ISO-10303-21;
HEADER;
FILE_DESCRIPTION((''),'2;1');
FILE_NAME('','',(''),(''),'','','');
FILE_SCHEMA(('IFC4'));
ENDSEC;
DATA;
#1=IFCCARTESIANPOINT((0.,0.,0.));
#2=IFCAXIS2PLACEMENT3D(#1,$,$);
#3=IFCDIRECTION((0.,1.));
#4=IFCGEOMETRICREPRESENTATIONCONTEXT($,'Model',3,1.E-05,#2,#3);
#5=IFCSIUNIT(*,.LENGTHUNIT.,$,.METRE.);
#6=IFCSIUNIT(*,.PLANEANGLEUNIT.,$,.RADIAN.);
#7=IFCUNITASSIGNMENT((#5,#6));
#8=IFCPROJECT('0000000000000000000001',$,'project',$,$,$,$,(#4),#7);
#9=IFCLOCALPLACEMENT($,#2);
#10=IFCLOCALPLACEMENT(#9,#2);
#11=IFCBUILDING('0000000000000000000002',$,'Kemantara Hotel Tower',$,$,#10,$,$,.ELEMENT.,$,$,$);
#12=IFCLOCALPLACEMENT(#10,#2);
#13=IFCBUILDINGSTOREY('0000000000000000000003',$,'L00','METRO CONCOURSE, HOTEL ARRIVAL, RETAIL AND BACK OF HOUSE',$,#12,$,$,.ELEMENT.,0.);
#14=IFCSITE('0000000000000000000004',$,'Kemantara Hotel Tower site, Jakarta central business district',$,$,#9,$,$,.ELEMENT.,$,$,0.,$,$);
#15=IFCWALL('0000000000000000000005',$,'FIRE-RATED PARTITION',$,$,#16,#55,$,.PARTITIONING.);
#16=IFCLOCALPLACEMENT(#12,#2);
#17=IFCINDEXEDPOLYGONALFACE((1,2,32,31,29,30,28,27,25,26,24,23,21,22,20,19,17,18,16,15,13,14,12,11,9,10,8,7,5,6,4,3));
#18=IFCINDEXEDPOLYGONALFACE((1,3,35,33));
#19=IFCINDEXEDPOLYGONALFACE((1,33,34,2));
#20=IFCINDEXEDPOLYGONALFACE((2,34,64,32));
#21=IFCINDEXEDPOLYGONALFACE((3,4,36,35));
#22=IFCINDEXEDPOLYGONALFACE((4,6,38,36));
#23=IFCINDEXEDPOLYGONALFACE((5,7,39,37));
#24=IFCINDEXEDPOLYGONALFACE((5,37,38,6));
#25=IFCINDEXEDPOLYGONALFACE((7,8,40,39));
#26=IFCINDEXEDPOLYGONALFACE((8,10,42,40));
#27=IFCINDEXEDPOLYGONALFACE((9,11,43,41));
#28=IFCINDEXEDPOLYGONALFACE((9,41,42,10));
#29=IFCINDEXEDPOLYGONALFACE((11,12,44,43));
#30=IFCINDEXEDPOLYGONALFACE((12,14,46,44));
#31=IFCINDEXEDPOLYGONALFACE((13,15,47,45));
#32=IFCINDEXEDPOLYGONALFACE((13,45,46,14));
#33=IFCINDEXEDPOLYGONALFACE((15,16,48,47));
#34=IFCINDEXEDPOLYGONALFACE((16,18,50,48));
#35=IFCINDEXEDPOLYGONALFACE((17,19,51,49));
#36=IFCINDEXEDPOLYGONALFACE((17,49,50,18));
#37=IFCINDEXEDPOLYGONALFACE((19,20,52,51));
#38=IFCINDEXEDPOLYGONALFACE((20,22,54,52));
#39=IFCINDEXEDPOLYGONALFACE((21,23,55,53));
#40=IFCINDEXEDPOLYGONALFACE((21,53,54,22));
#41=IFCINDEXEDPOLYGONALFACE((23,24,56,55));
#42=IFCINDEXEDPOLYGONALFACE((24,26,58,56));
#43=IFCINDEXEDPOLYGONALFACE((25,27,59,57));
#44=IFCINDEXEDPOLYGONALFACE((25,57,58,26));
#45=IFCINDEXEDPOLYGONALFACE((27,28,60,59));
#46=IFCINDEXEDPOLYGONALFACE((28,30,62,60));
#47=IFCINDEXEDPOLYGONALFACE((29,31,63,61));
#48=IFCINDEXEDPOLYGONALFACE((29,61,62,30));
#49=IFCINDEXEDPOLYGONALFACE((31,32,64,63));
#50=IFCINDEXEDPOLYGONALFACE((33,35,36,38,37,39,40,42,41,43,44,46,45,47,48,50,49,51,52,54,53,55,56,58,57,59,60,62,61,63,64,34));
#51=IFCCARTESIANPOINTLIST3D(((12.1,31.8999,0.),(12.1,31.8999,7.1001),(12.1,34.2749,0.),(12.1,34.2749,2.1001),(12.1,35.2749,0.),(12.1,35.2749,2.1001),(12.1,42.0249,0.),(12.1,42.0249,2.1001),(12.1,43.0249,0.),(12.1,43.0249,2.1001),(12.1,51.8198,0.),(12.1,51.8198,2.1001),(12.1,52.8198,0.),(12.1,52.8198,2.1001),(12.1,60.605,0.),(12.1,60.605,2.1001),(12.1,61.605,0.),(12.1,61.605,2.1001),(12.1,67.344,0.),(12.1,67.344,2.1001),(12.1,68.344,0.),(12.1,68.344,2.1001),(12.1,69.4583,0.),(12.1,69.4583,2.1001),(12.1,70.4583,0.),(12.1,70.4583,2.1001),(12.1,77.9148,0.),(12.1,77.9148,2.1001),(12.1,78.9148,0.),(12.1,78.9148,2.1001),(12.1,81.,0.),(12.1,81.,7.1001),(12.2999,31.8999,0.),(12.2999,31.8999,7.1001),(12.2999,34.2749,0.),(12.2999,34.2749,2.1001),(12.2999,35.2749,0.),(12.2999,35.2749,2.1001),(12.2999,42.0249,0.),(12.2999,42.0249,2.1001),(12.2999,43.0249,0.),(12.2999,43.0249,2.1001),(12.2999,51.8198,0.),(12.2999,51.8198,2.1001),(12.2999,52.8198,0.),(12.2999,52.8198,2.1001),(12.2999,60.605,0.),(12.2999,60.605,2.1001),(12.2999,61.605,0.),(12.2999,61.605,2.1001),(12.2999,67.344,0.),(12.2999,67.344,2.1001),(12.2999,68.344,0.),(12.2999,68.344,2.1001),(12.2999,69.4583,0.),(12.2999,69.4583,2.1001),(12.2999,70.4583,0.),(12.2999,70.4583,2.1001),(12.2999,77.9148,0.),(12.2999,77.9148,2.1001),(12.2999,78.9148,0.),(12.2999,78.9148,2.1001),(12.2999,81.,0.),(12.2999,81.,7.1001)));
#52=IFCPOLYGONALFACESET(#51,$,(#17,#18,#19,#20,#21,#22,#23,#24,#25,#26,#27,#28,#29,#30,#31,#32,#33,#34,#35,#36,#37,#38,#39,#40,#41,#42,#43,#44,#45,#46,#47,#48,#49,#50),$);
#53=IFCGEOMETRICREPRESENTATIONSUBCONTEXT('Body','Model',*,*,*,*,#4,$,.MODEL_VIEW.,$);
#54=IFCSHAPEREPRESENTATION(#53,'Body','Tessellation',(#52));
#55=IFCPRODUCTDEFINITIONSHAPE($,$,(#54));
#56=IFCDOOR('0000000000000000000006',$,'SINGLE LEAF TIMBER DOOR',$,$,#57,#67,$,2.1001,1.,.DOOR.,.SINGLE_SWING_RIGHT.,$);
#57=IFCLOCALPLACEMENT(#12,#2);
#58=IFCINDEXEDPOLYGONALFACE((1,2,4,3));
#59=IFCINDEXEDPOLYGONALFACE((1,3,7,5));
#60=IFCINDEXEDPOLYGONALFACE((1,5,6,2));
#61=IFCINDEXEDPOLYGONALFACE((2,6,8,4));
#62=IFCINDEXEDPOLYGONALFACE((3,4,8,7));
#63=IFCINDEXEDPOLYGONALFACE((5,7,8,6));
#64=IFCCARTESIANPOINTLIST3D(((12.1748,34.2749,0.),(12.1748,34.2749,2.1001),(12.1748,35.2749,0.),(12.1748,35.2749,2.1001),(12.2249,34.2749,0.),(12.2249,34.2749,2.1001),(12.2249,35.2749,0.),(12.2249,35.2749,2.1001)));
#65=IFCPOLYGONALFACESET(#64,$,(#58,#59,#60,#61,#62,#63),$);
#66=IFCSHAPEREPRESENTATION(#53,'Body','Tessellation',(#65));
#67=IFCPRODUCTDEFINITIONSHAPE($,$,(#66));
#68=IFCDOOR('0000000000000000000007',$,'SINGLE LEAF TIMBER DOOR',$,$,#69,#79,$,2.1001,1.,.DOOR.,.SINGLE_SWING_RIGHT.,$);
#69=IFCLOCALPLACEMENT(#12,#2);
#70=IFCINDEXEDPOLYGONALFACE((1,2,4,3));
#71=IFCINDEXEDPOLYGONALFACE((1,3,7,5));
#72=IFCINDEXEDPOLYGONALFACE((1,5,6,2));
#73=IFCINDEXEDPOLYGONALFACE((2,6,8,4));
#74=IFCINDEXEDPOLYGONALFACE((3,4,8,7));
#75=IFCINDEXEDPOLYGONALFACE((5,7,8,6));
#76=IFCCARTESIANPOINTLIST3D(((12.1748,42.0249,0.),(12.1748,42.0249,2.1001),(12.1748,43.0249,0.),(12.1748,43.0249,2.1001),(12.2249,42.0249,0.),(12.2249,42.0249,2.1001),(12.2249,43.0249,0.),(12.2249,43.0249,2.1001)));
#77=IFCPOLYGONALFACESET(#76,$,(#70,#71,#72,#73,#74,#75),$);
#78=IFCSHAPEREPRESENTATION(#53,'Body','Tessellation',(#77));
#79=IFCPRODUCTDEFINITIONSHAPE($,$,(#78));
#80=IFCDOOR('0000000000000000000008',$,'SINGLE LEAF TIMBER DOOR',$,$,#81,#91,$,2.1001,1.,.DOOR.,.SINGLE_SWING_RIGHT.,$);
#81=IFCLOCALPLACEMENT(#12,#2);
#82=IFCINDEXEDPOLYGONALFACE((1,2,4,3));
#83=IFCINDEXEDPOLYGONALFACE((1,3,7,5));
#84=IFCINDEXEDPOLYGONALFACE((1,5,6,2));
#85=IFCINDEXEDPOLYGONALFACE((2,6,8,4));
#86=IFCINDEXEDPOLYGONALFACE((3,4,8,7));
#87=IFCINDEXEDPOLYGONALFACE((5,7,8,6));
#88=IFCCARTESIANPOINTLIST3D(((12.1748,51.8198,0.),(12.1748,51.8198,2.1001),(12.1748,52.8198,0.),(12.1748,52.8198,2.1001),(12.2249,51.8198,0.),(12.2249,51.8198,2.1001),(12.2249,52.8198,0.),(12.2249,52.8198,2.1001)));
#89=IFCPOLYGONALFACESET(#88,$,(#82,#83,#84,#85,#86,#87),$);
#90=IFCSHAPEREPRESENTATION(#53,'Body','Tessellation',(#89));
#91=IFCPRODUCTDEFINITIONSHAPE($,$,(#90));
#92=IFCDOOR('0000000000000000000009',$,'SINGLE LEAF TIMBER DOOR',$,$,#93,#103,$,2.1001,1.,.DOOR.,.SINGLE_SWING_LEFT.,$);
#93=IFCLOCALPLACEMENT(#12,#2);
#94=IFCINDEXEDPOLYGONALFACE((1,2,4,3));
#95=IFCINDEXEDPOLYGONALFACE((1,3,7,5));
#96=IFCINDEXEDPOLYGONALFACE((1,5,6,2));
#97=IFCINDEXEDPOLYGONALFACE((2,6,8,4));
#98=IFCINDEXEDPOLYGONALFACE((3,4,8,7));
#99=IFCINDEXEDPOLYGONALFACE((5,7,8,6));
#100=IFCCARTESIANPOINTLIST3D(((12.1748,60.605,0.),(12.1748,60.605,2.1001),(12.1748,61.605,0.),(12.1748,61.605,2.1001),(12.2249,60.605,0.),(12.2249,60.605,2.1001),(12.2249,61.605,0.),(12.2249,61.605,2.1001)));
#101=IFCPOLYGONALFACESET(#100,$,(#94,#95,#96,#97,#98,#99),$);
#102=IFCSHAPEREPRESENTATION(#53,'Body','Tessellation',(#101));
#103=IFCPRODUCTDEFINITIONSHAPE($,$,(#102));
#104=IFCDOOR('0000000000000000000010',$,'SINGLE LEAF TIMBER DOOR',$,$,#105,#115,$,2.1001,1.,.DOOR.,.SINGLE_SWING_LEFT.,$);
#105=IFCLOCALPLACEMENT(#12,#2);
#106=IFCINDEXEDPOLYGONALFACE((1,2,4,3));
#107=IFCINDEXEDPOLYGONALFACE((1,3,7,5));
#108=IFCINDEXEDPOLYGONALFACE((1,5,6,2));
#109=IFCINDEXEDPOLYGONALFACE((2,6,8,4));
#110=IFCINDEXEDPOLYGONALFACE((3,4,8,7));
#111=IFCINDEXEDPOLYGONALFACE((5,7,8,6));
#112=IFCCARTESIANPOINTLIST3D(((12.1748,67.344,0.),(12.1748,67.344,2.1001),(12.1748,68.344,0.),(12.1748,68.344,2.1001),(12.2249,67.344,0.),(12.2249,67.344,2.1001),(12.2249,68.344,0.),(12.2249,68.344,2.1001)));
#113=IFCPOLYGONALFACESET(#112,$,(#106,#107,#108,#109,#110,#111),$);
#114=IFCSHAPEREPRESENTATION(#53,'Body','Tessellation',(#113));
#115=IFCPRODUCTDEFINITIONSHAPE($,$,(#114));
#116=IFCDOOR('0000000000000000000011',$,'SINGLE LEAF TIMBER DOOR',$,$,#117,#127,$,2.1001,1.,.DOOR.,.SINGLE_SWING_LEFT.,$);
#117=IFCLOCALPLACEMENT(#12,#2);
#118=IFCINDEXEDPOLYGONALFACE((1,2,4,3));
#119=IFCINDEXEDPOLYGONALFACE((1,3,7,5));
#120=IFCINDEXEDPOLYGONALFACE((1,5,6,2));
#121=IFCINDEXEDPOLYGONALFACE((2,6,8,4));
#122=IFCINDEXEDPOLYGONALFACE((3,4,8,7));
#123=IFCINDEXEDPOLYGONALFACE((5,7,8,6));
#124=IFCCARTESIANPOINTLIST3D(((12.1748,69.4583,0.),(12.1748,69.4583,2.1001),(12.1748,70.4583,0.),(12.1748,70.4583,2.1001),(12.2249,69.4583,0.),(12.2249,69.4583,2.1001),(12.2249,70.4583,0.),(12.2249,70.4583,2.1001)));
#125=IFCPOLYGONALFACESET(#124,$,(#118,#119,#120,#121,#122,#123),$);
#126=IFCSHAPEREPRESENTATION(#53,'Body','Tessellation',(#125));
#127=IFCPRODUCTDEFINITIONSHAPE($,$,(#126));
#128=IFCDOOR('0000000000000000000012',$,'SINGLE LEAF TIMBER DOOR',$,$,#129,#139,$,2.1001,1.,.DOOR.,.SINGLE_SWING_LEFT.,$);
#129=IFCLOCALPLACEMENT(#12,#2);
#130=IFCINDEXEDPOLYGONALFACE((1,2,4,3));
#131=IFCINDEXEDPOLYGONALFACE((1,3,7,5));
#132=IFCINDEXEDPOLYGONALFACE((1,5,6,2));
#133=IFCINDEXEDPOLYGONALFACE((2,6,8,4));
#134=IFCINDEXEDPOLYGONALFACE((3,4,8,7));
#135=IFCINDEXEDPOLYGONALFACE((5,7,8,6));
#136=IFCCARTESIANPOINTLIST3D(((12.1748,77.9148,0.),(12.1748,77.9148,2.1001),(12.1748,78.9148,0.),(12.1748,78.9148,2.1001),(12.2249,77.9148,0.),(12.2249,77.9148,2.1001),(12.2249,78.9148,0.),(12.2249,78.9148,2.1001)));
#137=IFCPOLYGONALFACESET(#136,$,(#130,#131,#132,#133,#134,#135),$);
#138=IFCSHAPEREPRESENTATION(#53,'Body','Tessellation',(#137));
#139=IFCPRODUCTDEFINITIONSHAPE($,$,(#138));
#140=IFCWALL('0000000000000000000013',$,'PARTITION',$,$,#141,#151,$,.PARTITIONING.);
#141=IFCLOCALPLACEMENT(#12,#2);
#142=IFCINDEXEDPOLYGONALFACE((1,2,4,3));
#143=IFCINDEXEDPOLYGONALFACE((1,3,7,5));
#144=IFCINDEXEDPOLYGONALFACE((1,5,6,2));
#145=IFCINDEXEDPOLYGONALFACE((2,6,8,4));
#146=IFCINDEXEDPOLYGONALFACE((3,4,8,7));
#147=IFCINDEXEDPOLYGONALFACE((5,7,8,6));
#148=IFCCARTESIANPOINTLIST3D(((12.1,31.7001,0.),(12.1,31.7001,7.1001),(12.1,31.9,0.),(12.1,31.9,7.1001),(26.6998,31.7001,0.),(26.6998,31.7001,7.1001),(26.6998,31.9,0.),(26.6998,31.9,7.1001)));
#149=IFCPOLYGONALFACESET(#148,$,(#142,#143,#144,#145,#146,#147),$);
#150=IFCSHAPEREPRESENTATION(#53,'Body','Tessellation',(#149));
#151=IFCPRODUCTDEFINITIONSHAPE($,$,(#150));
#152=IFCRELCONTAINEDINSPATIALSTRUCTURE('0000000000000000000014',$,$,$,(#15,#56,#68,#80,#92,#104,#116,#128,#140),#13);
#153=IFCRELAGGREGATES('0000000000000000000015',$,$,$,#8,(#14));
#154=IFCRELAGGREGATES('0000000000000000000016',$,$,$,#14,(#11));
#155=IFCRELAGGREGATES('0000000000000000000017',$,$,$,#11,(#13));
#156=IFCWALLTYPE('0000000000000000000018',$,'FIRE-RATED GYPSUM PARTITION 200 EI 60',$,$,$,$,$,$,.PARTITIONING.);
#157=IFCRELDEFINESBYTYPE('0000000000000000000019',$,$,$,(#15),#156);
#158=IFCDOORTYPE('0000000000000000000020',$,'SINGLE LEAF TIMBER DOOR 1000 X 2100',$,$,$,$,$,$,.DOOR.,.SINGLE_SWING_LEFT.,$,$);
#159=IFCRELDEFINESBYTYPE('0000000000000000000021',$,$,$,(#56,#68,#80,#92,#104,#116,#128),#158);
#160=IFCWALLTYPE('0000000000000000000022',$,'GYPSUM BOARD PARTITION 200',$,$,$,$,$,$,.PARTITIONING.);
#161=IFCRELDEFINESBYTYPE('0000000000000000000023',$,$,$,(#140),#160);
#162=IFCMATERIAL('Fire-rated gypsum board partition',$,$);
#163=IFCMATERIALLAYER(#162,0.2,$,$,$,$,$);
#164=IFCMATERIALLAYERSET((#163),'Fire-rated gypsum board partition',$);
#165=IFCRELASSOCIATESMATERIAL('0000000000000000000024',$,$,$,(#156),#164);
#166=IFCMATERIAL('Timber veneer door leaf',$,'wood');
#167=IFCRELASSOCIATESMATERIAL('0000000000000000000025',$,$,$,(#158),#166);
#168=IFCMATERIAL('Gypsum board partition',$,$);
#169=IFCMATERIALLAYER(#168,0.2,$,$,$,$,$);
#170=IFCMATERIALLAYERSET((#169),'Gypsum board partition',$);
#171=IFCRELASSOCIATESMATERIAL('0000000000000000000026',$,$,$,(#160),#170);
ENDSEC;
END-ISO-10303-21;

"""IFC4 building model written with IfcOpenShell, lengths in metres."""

from ifc_helpers import new_model, si_unit, direction, frame, frame_2d, origin, place, context, subcontext, project, spatial, rectangle, extrude, material, layer, layer_set, type_object, element, fill, save


model = new_model("IFC4")

# Units and contexts
model_context = context("Model", 3, precision=1e-05, world=origin(), true_north=direction((0.0, 1.0)))
body_context = subcontext(model_context, "Body", "Model", "MODEL_VIEW")
ifc_project = project(units=[si_unit("LENGTHUNIT", "METRE"), si_unit("PLANEANGLEUNIT", "RADIAN")], contexts=[model_context])

# Site, building, storey
site_placement = place(None, origin())
site = spatial("IfcSite", under=ifc_project, at=site_placement, Name="Kemantara Hotel Tower site, Jakarta central business district", CompositionType="ELEMENT", RefElevation=0.0)
building_placement = place(site_placement, origin())
building = spatial("IfcBuilding", under=site, at=building_placement, Name="Kemantara Hotel Tower", CompositionType="ELEMENT")
storey_placement = place(building_placement, origin())
storey = spatial("IfcBuildingStorey", under=building, at=storey_placement, Name="L00", Description="METRO CONCOURSE, HOTEL ARRIVAL, RETAIL AND BACK OF HOUSE", CompositionType="ELEMENT", Elevation=0.0)

# Wall, openings, doors
ifc_material_1 = material(Name="Fire-rated gypsum board partition")
ifc_layer_1 = layer(ifc_material_1, 0.2)
ifc_layer_set_1 = layer_set([ifc_layer_1], Name="Fire-rated gypsum board partition")
wall_type_1 = type_object("IfcWallType", Name="FIRE-RATED GYPSUM PARTITION 200 EI 60", PredefinedType="PARTITIONING", material=ifc_layer_set_1)
wall_1_placement = place(storey_placement, frame((12.2, 31.8999, 0.0), z_axis=(0.0, 0.0, 1.0), x_axis=(0.0, 1.0, 0.0)))
wall_1 = element("IfcWall", 1, at=wall_1_placement, inside=storey, type_object=wall_type_1, Name="FIRE-RATED PARTITION", PredefinedType="PARTITIONING", context=body_context, shape_type="SweptSolid", body=[
    extrude(rectangle(XDim=49.1001, YDim=0.2, at=frame_2d((24.55, 0.0))), origin(), (0.0, 0.0, 1.0), 7.1001),
])
opening_1_placement = place(wall_1_placement, frame((2.375, 0.0, 0.0)))
opening_1 = element("IfcOpeningElement", 2, at=opening_1_placement, cuts=wall_1, PredefinedType="OPENING", context=body_context, shape_type="SweptSolid", body=[
    extrude(rectangle(XDim=1.0, YDim=2.1001, at=frame_2d((0.5, 1.05))), frame((0.0, 0.1099, 0.0), z_axis=(0.0, -1.0, 0.0), x_axis=(1.0, 0.0, 0.0)), (0.0, 0.0, 1.0), 0.22),
])
opening_2_placement = place(wall_1_placement, frame((10.125, 0.0, 0.0)))
opening_2 = element("IfcOpeningElement", 3, at=opening_2_placement, cuts=wall_1, PredefinedType="OPENING", context=body_context, shape_type="SweptSolid", body=[
    extrude(rectangle(XDim=1.0, YDim=2.1001, at=frame_2d((0.5, 1.05))), frame((0.0, 0.1099, 0.0), z_axis=(0.0, -1.0, 0.0), x_axis=(1.0, 0.0, 0.0)), (0.0, 0.0, 1.0), 0.22),
])
opening_3_placement = place(wall_1_placement, frame((19.9199, 0.0, 0.0)))
opening_3 = element("IfcOpeningElement", 4, at=opening_3_placement, cuts=wall_1, PredefinedType="OPENING", context=body_context, shape_type="SweptSolid", body=[
    extrude(rectangle(XDim=1.0, YDim=2.1001, at=frame_2d((0.5, 1.05))), frame((0.0, 0.1099, 0.0), z_axis=(0.0, -1.0, 0.0), x_axis=(1.0, 0.0, 0.0)), (0.0, 0.0, 1.0), 0.22),
])
opening_4_placement = place(wall_1_placement, frame((28.7051, 0.0, 0.0)))
opening_4 = element("IfcOpeningElement", 5, at=opening_4_placement, cuts=wall_1, PredefinedType="OPENING", context=body_context, shape_type="SweptSolid", body=[
    extrude(rectangle(XDim=1.0, YDim=2.1001, at=frame_2d((0.5, 1.05))), frame((0.0, 0.1099, 0.0), z_axis=(0.0, -1.0, 0.0), x_axis=(1.0, 0.0, 0.0)), (0.0, 0.0, 1.0), 0.22),
])
opening_5_placement = place(wall_1_placement, frame((35.4441, 0.0, 0.0)))
opening_5 = element("IfcOpeningElement", 6, at=opening_5_placement, cuts=wall_1, PredefinedType="OPENING", context=body_context, shape_type="SweptSolid", body=[
    extrude(rectangle(XDim=1.0, YDim=2.1001, at=frame_2d((0.5, 1.05))), frame((0.0, 0.1099, 0.0), z_axis=(0.0, -1.0, 0.0), x_axis=(1.0, 0.0, 0.0)), (0.0, 0.0, 1.0), 0.22),
])
opening_6_placement = place(wall_1_placement, frame((37.5583, 0.0, 0.0)))
opening_6 = element("IfcOpeningElement", 7, at=opening_6_placement, cuts=wall_1, PredefinedType="OPENING", context=body_context, shape_type="SweptSolid", body=[
    extrude(rectangle(XDim=1.0, YDim=2.1001, at=frame_2d((0.5, 1.05))), frame((0.0, 0.1099, 0.0), z_axis=(0.0, -1.0, 0.0), x_axis=(1.0, 0.0, 0.0)), (0.0, 0.0, 1.0), 0.22),
])
opening_7_placement = place(wall_1_placement, frame((46.0149, 0.0, 0.0)))
opening_7 = element("IfcOpeningElement", 8, at=opening_7_placement, cuts=wall_1, PredefinedType="OPENING", context=body_context, shape_type="SweptSolid", body=[
    extrude(rectangle(XDim=1.0, YDim=2.1001, at=frame_2d((0.5, 1.05))), frame((0.0, 0.1099, 0.0), z_axis=(0.0, -1.0, 0.0), x_axis=(1.0, 0.0, 0.0)), (0.0, 0.0, 1.0), 0.22),
])
ifc_material_2 = material(Name="Timber veneer door leaf", Category="wood")
door_type = type_object("IfcDoorType", Name="SINGLE LEAF TIMBER DOOR 1000 X 2100", OperationType="SINGLE_SWING_LEFT", PredefinedType="DOOR", material=ifc_material_2)
door_1_placement = place(opening_1_placement, frame((1.0, 0.0, 0.0), z_axis=(0.0, 0.0, 1.0), x_axis=(-1.0, 0.0, 0.0)))
door_1 = element("IfcDoor", 9, at=door_1_placement, inside=storey, type_object=door_type, Name="SINGLE LEAF TIMBER DOOR", OperationType="SINGLE_SWING_RIGHT", OverallHeight=2.1001, OverallWidth=1.0, PredefinedType="DOOR", context=body_context, shape_type="SweptSolid", body=[
    extrude(rectangle(XDim=1.0, YDim=2.1001, at=frame_2d((0.5, 1.05))), frame((0.0, 0.0249, 0.0), z_axis=(0.0, -1.0, 0.0), x_axis=(1.0, 0.0, 0.0)), (0.0, 0.0, 1.0), 0.05),
])
fill(opening_1, door_1)
door_2_placement = place(opening_2_placement, frame((1.0, 0.0, 0.0), z_axis=(0.0, 0.0, 1.0), x_axis=(-1.0, 0.0, 0.0)))
door_2 = element("IfcDoor", 10, at=door_2_placement, inside=storey, type_object=door_type, Name="SINGLE LEAF TIMBER DOOR", OperationType="SINGLE_SWING_RIGHT", OverallHeight=2.1001, OverallWidth=1.0, PredefinedType="DOOR", context=body_context, shape_type="SweptSolid", body=[
    extrude(rectangle(XDim=1.0, YDim=2.1001, at=frame_2d((0.5, 1.05))), frame((0.0, 0.0249, 0.0), z_axis=(0.0, -1.0, 0.0), x_axis=(1.0, 0.0, 0.0)), (0.0, 0.0, 1.0), 0.05),
])
fill(opening_2, door_2)
door_3_placement = place(opening_3_placement, frame((1.0, 0.0, 0.0), z_axis=(0.0, 0.0, 1.0), x_axis=(-1.0, 0.0, 0.0)))
door_3 = element("IfcDoor", 11, at=door_3_placement, inside=storey, type_object=door_type, Name="SINGLE LEAF TIMBER DOOR", OperationType="SINGLE_SWING_RIGHT", OverallHeight=2.1001, OverallWidth=1.0, PredefinedType="DOOR", context=body_context, shape_type="SweptSolid", body=[
    extrude(rectangle(XDim=1.0, YDim=2.1001, at=frame_2d((0.5, 1.05))), frame((0.0, 0.0249, 0.0), z_axis=(0.0, -1.0, 0.0), x_axis=(1.0, 0.0, 0.0)), (0.0, 0.0, 1.0), 0.05),
])
fill(opening_3, door_3)
door_4_placement = place(opening_4_placement, frame((1.0, 0.0, 0.0), z_axis=(0.0, 0.0, 1.0), x_axis=(-1.0, 0.0, 0.0)))
door_4 = element("IfcDoor", 12, at=door_4_placement, inside=storey, type_object=door_type, Name="SINGLE LEAF TIMBER DOOR", OperationType="SINGLE_SWING_LEFT", OverallHeight=2.1001, OverallWidth=1.0, PredefinedType="DOOR", context=body_context, shape_type="SweptSolid", body=[
    extrude(rectangle(XDim=1.0, YDim=2.1001, at=frame_2d((0.5, 1.05))), frame((0.0, 0.0249, 0.0), z_axis=(0.0, -1.0, 0.0), x_axis=(1.0, 0.0, 0.0)), (0.0, 0.0, 1.0), 0.05),
])
fill(opening_4, door_4)
door_5_placement = place(opening_5_placement, frame((1.0, 0.0, 0.0), z_axis=(0.0, 0.0, 1.0), x_axis=(-1.0, 0.0, 0.0)))
door_5 = element("IfcDoor", 13, at=door_5_placement, inside=storey, type_object=door_type, Name="SINGLE LEAF TIMBER DOOR", OperationType="SINGLE_SWING_LEFT", OverallHeight=2.1001, OverallWidth=1.0, PredefinedType="DOOR", context=body_context, shape_type="SweptSolid", body=[
    extrude(rectangle(XDim=1.0, YDim=2.1001, at=frame_2d((0.5, 1.05))), frame((0.0, 0.0249, 0.0), z_axis=(0.0, -1.0, 0.0), x_axis=(1.0, 0.0, 0.0)), (0.0, 0.0, 1.0), 0.05),
])
fill(opening_5, door_5)
door_6_placement = place(opening_6_placement, frame((1.0, 0.0, 0.0), z_axis=(0.0, 0.0, 1.0), x_axis=(-1.0, 0.0, 0.0)))
door_6 = element("IfcDoor", 14, at=door_6_placement, inside=storey, type_object=door_type, Name="SINGLE LEAF TIMBER DOOR", OperationType="SINGLE_SWING_LEFT", OverallHeight=2.1001, OverallWidth=1.0, PredefinedType="DOOR", context=body_context, shape_type="SweptSolid", body=[
    extrude(rectangle(XDim=1.0, YDim=2.1001, at=frame_2d((0.5, 1.05))), frame((0.0, 0.0249, 0.0), z_axis=(0.0, -1.0, 0.0), x_axis=(1.0, 0.0, 0.0)), (0.0, 0.0, 1.0), 0.05),
])
fill(opening_6, door_6)
door_7_placement = place(opening_7_placement, frame((1.0, 0.0, 0.0), z_axis=(0.0, 0.0, 1.0), x_axis=(-1.0, 0.0, 0.0)))
door_7 = element("IfcDoor", 15, at=door_7_placement, inside=storey, type_object=door_type, Name="SINGLE LEAF TIMBER DOOR", OperationType="SINGLE_SWING_LEFT", OverallHeight=2.1001, OverallWidth=1.0, PredefinedType="DOOR", context=body_context, shape_type="SweptSolid", body=[
    extrude(rectangle(XDim=1.0, YDim=2.1001, at=frame_2d((0.5, 1.05))), frame((0.0, 0.0249, 0.0), z_axis=(0.0, -1.0, 0.0), x_axis=(1.0, 0.0, 0.0)), (0.0, 0.0, 1.0), 0.05),
])
fill(opening_7, door_7)

# Wall
ifc_material_3 = material(Name="Gypsum board partition")
ifc_layer_2 = layer(ifc_material_3, 0.2)
ifc_layer_set_2 = layer_set([ifc_layer_2], Name="Gypsum board partition")
wall_type_2 = type_object("IfcWallType", Name="GYPSUM BOARD PARTITION 200", PredefinedType="PARTITIONING", material=ifc_layer_set_2)
wall_2_placement = place(storey_placement, frame((12.1001, 31.8, 0.0), z_axis=(0.0, 0.0, 1.0), x_axis=(1.0, 0.0, 0.0)))
element("IfcWall", 16, at=wall_2_placement, inside=storey, type_object=wall_type_2, Name="PARTITION", PredefinedType="PARTITIONING", context=body_context, shape_type="SweptSolid", body=[
    extrude(rectangle(XDim=14.5999, YDim=0.2, at=frame_2d((7.2998, 0.0))), origin(), (0.0, 0.0, 1.0), 7.1001),
])

save(model, "model.ifc")
